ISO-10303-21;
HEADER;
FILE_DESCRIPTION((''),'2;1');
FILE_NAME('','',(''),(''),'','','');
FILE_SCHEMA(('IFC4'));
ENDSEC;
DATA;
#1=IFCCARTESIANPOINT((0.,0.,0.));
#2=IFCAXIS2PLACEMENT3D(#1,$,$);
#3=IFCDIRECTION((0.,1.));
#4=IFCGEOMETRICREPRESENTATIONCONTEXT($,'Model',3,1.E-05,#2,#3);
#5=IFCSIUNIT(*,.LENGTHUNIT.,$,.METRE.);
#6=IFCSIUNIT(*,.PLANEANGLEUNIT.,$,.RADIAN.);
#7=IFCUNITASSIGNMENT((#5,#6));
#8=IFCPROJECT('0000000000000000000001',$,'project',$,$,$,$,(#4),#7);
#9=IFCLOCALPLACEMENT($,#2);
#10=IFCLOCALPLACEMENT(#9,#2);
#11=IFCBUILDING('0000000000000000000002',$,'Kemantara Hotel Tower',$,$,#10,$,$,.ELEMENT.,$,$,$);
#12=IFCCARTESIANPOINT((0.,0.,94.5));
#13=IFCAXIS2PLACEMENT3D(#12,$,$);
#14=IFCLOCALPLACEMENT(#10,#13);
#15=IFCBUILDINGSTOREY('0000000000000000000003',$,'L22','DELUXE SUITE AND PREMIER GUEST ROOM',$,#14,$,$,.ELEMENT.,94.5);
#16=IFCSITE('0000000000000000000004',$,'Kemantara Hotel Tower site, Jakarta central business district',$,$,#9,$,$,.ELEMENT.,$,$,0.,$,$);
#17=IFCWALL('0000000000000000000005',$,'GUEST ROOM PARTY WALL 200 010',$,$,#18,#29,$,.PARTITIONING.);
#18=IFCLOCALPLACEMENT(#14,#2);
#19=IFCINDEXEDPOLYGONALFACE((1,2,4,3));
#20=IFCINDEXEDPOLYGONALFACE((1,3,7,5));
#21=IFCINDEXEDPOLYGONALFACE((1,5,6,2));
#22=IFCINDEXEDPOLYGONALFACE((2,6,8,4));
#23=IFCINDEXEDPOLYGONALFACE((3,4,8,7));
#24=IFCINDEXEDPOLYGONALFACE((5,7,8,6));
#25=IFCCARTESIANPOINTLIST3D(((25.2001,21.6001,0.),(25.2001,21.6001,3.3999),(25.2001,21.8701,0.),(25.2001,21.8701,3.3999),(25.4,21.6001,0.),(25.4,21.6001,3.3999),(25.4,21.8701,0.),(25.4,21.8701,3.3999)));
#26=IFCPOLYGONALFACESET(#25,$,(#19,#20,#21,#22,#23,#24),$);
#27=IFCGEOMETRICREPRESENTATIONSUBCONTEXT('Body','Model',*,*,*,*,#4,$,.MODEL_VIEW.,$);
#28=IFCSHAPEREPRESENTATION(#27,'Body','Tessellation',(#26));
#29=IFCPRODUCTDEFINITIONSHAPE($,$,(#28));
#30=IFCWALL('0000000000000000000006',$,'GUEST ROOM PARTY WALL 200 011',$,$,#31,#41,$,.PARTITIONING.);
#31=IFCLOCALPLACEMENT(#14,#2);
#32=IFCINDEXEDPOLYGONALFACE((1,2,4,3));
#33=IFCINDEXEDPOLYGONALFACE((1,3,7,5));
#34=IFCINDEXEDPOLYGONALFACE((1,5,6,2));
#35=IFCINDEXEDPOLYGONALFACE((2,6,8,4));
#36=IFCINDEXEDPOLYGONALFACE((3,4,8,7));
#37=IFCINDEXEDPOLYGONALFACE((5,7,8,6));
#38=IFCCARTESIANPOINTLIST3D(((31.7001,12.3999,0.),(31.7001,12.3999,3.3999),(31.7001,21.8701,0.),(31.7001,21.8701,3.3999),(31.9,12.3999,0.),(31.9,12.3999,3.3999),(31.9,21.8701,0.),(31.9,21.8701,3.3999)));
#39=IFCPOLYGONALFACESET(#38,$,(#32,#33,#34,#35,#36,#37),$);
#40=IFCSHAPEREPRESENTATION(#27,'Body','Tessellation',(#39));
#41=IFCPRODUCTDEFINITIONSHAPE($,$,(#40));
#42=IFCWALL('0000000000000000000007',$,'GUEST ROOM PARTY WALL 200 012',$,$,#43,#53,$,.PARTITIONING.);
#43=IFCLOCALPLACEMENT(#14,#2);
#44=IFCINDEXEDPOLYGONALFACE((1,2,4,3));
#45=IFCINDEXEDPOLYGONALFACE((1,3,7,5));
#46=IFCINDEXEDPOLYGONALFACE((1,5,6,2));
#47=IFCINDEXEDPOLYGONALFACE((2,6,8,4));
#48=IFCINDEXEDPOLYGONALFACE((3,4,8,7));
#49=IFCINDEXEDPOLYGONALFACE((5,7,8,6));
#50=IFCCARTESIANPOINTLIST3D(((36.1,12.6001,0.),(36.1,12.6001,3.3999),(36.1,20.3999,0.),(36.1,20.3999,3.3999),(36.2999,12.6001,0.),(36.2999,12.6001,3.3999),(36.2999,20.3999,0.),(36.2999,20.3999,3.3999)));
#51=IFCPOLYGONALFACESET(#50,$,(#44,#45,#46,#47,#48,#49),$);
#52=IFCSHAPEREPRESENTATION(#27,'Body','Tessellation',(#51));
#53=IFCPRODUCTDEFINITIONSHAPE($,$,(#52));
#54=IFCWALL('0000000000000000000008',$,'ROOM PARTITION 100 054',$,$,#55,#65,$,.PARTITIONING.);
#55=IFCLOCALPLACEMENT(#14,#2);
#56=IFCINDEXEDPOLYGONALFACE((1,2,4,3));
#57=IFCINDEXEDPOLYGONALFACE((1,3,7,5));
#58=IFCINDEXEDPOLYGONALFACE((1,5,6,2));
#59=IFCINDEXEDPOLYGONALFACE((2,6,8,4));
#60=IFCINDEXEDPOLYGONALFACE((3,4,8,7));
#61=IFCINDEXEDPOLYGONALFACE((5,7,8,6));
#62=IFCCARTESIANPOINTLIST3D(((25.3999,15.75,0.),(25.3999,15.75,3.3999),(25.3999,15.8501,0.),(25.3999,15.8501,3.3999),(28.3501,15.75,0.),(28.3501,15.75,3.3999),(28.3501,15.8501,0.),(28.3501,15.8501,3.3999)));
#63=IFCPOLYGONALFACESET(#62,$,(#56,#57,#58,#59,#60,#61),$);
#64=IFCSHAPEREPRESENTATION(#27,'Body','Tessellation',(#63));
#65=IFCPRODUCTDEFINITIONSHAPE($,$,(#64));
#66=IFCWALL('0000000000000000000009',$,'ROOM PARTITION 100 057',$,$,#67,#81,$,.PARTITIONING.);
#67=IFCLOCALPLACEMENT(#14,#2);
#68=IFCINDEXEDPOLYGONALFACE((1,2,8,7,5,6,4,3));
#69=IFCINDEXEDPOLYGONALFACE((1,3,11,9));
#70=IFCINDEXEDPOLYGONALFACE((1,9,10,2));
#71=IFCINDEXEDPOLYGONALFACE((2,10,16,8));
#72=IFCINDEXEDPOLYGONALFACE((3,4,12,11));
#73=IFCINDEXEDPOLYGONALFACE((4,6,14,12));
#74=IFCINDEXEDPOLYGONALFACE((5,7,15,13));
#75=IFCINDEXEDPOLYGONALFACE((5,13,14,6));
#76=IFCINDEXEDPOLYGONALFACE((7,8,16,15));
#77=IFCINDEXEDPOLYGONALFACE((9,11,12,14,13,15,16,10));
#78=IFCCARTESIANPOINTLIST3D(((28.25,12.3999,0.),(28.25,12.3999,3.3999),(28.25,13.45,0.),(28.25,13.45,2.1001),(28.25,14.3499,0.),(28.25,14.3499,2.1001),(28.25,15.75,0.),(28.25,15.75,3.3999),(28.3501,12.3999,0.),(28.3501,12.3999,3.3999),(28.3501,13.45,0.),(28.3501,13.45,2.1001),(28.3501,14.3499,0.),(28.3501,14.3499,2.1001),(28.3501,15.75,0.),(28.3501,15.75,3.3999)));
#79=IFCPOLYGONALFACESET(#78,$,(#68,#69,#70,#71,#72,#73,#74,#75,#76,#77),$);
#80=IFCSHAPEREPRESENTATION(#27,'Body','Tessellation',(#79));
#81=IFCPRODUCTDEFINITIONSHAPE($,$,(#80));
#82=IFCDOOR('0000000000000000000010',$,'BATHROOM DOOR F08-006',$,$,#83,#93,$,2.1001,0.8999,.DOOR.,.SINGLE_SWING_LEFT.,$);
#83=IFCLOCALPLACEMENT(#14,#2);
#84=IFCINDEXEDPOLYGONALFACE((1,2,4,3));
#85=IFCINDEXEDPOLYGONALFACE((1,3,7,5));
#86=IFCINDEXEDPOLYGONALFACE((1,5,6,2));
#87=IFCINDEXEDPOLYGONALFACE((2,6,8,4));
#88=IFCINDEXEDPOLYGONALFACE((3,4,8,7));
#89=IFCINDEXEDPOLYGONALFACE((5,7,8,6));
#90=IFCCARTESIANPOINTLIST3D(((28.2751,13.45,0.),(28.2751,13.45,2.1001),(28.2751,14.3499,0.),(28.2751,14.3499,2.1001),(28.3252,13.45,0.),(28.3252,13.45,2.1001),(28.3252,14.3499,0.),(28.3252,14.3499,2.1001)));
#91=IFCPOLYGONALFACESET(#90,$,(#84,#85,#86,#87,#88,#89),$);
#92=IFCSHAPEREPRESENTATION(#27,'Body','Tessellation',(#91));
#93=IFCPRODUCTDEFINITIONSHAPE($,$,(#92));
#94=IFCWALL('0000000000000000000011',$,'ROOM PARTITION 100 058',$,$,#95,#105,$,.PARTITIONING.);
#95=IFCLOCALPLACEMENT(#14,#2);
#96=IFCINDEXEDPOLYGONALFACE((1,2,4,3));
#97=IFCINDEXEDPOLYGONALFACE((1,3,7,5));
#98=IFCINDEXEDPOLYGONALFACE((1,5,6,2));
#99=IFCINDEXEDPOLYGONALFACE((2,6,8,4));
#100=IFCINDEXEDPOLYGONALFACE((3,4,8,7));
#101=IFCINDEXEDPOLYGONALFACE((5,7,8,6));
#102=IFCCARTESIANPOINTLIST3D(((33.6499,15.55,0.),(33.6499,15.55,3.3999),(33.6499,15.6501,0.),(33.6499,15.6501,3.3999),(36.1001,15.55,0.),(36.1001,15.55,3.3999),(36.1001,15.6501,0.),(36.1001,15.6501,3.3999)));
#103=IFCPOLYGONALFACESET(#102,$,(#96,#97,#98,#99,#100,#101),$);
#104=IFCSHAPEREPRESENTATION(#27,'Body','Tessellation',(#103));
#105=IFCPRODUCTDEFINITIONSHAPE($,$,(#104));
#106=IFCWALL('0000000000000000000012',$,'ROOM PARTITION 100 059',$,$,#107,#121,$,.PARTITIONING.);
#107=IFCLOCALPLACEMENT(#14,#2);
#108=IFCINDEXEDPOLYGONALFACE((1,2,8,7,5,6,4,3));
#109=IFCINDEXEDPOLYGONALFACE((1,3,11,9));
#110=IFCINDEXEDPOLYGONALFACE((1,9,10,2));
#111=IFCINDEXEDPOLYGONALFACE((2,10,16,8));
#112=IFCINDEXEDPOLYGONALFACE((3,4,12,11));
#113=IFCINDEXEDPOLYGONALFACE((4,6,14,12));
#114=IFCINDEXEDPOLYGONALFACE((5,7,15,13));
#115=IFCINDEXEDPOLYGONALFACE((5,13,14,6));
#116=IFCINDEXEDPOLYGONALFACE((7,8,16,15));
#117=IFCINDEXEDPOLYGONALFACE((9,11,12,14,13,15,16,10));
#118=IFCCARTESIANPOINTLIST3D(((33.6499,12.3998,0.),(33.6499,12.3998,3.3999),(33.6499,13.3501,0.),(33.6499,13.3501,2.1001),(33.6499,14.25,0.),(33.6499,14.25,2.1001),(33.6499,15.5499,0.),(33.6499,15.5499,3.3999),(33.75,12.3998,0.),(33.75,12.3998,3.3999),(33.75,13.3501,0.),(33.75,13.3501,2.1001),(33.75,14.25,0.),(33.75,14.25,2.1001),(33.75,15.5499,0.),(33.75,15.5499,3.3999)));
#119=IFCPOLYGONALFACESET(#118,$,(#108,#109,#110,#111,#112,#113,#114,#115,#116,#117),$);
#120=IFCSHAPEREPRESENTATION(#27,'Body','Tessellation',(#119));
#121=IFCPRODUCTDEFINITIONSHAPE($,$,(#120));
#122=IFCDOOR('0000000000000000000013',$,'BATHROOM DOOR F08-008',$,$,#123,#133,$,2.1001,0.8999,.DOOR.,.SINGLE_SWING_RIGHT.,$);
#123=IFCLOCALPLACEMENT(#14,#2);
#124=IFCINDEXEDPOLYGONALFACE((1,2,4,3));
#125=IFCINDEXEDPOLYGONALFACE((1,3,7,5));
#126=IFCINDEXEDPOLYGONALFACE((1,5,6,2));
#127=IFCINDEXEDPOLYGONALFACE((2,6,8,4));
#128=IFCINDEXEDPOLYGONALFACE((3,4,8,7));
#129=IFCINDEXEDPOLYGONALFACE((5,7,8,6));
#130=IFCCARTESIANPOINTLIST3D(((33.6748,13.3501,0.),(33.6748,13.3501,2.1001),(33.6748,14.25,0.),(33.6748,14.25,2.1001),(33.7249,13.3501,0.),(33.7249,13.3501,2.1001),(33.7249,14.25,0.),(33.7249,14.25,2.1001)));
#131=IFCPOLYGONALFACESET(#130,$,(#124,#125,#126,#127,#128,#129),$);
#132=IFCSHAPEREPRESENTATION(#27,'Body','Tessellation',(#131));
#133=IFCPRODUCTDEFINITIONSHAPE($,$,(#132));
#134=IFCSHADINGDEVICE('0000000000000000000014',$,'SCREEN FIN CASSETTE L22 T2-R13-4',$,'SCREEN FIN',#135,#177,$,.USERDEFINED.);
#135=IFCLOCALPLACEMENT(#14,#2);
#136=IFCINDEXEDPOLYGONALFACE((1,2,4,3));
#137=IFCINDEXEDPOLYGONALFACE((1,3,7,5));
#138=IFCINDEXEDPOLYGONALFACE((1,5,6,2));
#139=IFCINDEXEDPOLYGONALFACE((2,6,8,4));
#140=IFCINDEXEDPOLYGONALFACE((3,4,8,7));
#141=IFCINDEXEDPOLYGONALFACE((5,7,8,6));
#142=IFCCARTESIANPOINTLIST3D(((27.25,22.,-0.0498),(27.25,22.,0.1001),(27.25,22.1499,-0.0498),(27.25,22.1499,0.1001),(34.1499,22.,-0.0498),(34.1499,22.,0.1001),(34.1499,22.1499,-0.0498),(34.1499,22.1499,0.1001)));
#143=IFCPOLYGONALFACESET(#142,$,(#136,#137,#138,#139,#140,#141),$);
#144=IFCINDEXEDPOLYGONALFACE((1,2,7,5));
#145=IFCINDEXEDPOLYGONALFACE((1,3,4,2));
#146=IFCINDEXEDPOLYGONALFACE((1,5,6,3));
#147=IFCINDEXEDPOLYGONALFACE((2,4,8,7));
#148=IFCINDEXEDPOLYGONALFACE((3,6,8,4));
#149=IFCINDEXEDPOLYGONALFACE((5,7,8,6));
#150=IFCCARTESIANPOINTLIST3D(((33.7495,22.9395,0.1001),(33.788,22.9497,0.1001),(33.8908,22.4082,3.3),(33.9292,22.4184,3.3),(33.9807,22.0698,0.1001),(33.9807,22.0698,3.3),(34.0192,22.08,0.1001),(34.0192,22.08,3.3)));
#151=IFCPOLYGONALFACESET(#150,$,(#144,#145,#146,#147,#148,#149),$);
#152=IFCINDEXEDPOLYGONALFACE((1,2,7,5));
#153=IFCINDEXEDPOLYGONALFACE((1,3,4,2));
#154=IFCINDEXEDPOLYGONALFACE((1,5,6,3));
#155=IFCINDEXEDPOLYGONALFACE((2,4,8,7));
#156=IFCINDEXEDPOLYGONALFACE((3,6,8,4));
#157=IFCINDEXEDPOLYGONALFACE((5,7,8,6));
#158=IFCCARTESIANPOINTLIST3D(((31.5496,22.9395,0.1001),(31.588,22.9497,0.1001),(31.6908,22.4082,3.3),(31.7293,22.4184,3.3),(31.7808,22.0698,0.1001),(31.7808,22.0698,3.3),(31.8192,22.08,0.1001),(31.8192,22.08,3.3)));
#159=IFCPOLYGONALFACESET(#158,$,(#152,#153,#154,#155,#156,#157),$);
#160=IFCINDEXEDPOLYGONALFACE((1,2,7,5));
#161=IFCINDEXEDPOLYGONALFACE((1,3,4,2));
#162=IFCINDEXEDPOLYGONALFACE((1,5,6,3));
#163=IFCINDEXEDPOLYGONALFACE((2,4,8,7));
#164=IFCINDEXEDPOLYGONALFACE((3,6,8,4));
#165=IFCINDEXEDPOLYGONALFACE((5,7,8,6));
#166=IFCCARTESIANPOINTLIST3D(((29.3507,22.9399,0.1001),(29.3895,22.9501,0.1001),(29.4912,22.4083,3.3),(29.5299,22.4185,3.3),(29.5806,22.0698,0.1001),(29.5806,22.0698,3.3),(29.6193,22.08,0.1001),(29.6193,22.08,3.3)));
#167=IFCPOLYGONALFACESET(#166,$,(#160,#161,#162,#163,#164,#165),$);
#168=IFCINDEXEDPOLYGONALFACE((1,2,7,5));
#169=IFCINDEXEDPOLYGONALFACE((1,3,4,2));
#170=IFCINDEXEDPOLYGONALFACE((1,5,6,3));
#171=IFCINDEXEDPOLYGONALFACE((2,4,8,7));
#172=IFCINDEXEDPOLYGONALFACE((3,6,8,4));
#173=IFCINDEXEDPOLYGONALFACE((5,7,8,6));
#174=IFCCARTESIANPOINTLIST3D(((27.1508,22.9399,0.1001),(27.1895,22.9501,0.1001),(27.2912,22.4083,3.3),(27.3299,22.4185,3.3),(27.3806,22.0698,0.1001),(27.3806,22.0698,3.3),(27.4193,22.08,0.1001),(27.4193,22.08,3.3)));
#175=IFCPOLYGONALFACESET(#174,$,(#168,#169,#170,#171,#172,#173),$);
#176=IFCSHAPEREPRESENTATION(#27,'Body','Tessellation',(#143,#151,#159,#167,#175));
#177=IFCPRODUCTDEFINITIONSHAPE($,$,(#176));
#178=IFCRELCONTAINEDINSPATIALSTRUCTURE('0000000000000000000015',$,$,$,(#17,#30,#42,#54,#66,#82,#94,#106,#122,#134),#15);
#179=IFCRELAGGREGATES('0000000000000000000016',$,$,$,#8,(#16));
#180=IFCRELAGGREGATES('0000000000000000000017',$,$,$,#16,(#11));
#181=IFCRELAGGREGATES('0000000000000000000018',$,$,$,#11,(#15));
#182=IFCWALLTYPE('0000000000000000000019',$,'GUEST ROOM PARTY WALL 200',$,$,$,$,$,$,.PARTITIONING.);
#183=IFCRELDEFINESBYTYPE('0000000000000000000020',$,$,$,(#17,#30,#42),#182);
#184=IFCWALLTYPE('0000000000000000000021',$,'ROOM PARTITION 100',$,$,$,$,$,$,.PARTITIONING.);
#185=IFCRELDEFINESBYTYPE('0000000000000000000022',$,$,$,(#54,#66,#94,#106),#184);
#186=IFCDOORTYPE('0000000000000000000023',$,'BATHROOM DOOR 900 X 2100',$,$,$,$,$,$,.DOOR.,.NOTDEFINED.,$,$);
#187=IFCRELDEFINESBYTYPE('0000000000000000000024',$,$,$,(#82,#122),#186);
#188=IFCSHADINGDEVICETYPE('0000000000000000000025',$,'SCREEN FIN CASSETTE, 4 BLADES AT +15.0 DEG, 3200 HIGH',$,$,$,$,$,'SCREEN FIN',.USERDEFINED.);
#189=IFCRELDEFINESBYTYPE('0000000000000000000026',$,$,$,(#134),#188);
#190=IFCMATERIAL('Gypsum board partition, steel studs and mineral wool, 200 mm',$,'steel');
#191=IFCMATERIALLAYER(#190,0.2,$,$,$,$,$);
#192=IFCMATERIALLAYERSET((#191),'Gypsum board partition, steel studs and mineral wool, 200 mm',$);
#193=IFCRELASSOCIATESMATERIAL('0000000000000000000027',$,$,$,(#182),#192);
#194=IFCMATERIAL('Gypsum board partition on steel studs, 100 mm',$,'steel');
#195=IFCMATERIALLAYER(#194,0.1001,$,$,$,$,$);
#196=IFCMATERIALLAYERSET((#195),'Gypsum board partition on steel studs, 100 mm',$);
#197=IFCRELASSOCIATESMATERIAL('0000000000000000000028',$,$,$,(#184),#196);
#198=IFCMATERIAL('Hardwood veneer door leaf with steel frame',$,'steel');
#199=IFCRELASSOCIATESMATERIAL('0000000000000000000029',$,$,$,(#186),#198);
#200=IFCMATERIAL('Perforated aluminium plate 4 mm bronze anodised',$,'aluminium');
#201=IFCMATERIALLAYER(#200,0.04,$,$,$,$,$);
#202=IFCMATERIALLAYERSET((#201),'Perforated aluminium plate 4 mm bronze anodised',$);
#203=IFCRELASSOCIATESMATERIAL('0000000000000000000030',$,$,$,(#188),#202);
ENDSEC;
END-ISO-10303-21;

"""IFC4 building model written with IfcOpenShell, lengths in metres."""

from ifc_helpers import new_model, si_unit, direction, frame, frame_2d, origin, origin_2d, place, context, subcontext, project, spatial, polyline, rectangle, outline, extrude, source, transform, mapped, material, layer, layer_set, type_object, element, fill, save


model = new_model("IFC4")

# Units and contexts
model_context = context("Model", 3, precision=1e-05, world=origin(), true_north=direction((0.0, 1.0)))
body_context = subcontext(model_context, "Body", "Model", "MODEL_VIEW")
ifc_project = project(units=[si_unit("LENGTHUNIT", "METRE"), si_unit("PLANEANGLEUNIT", "RADIAN")], contexts=[model_context])

# Site, building, storey
site_placement = place(None, origin())
site = spatial("IfcSite", under=ifc_project, at=site_placement, Name="Kemantara Hotel Tower site, Jakarta central business district", CompositionType="ELEMENT", RefElevation=0.0)
building_placement = place(site_placement, origin())
building = spatial("IfcBuilding", under=site, at=building_placement, Name="Kemantara Hotel Tower", CompositionType="ELEMENT")
storey_placement = place(building_placement, frame((0.0, 0.0, 94.5)))
storey = spatial("IfcBuildingStorey", under=building, at=storey_placement, Name="L22", Description="DELUXE SUITE AND PREMIER GUEST ROOM", CompositionType="ELEMENT", Elevation=94.5)

# Walls
ifc_material_1 = material(Name="Gypsum board partition, steel studs and mineral wool, 200 mm", Category="steel")
ifc_layer_1 = layer(ifc_material_1, 0.2)
ifc_layer_set_1 = layer_set([ifc_layer_1], Name="Gypsum board partition, steel studs and mineral wool, 200 mm")
wall_type_1 = type_object("IfcWallType", Name="GUEST ROOM PARTY WALL 200", PredefinedType="PARTITIONING", material=ifc_layer_set_1)
wall_1_placement = place(storey_placement, frame((25.3, 21.6001, 0.0), z_axis=(0.0, 0.0, 1.0), x_axis=(0.0, 1.0, 0.0)))
element("IfcWall", 1, at=wall_1_placement, inside=storey, type_object=wall_type_1, Name="GUEST ROOM PARTY WALL 200 010", PredefinedType="PARTITIONING", context=body_context, shape_type="SweptSolid", body=[
    extrude(rectangle(XDim=0.27, YDim=0.2, at=frame_2d((0.135, 0.0))), origin(), (0.0, 0.0, 1.0), 3.3999),
])
wall_2_placement = place(storey_placement, frame((31.8, 12.3999, 0.0), z_axis=(0.0, 0.0, 1.0), x_axis=(0.0, 1.0, 0.0)))
element("IfcWall", 2, at=wall_2_placement, inside=storey, type_object=wall_type_1, Name="GUEST ROOM PARTY WALL 200 011", PredefinedType="PARTITIONING", context=body_context, shape_type="SweptSolid", body=[
    extrude(rectangle(XDim=9.4702, YDim=0.2, at=frame_2d((4.7351, 0.0))), origin(), (0.0, 0.0, 1.0), 3.3999),
])
wall_3_placement = place(storey_placement, frame((36.2, 12.6001, 0.0), z_axis=(0.0, 0.0, 1.0), x_axis=(0.0, 1.0, 0.0)))
element("IfcWall", 3, at=wall_3_placement, inside=storey, type_object=wall_type_1, Name="GUEST ROOM PARTY WALL 200 012", PredefinedType="PARTITIONING", context=body_context, shape_type="SweptSolid", body=[
    extrude(rectangle(XDim=7.7998, YDim=0.2, at=frame_2d((3.8999, 0.0))), origin(), (0.0, 0.0, 1.0), 3.3999),
])
ifc_material_2 = material(Name="Gypsum board partition on steel studs, 100 mm", Category="steel")
ifc_layer_2 = layer(ifc_material_2, 0.1001)
ifc_layer_set_2 = layer_set([ifc_layer_2], Name="Gypsum board partition on steel studs, 100 mm")
wall_type_2 = type_object("IfcWallType", Name="ROOM PARTITION 100", PredefinedType="PARTITIONING", material=ifc_layer_set_2)
wall_4_placement = place(storey_placement, frame((25.3999, 15.8, 0.0), z_axis=(0.0, 0.0, 1.0), x_axis=(1.0, 0.0, 0.0)))
element("IfcWall", 4, at=wall_4_placement, inside=storey, type_object=wall_type_2, Name="ROOM PARTITION 100 054", PredefinedType="PARTITIONING", context=body_context, shape_type="SweptSolid", body=[
    extrude(rectangle(XDim=2.9502, YDim=0.1001, at=frame_2d((1.4751, 0.0))), origin(), (0.0, 0.0, 1.0), 3.3999),
])

# Wall, opening, door
wall_5_placement = place(storey_placement, frame((28.3, 12.3999, 0.0), z_axis=(0.0, 0.0, 1.0), x_axis=(0.0, 1.0, 0.0)))
wall_5 = element("IfcWall", 5, at=wall_5_placement, inside=storey, type_object=wall_type_2, Name="ROOM PARTITION 100 057", PredefinedType="PARTITIONING", context=body_context, shape_type="SweptSolid", body=[
    extrude(rectangle(XDim=3.3501, YDim=0.1001, at=frame_2d((1.675, 0.0))), origin(), (0.0, 0.0, 1.0), 3.3999),
])
opening_1_placement = place(wall_5_placement, frame((1.05, 0.0, 0.0)))
opening_1 = element("IfcOpeningElement", 6, at=opening_1_placement, cuts=wall_5, PredefinedType="OPENING", context=body_context, shape_type="SweptSolid", body=[
    extrude(rectangle(XDim=0.8999, YDim=2.1001, at=frame_2d((0.45, 1.05))), frame((0.0, 0.0601, 0.0), z_axis=(0.0, -1.0, 0.0), x_axis=(1.0, 0.0, 0.0)), (0.0, 0.0, 1.0), 0.1201),
])
ifc_material_3 = material(Name="Hardwood veneer door leaf with steel frame", Category="steel")
door_type = type_object("IfcDoorType", Name="BATHROOM DOOR 900 X 2100", OperationType="NOTDEFINED", PredefinedType="DOOR", material=ifc_material_3)
door_1_placement = place(opening_1_placement, origin())
door_1 = element("IfcDoor", 7, at=door_1_placement, inside=storey, type_object=door_type, Name="BATHROOM DOOR F08-006", OperationType="SINGLE_SWING_LEFT", OverallHeight=2.1001, OverallWidth=0.8999, PredefinedType="DOOR", context=body_context, shape_type="SweptSolid", body=[
    extrude(rectangle(XDim=0.8999, YDim=2.1001, at=frame_2d((0.45, 1.05))), frame((0.0, 0.0249, 0.0), z_axis=(0.0, -1.0, 0.0), x_axis=(1.0, 0.0, 0.0)), (0.0, 0.0, 1.0), 0.05),
])
fill(opening_1, door_1)

# Wall
wall_6_placement = place(storey_placement, frame((33.6499, 15.6001, 0.0), z_axis=(0.0, 0.0, 1.0), x_axis=(1.0, 0.0, 0.0)))
element("IfcWall", 8, at=wall_6_placement, inside=storey, type_object=wall_type_2, Name="ROOM PARTITION 100 058", PredefinedType="PARTITIONING", context=body_context, shape_type="SweptSolid", body=[
    extrude(rectangle(XDim=2.4502, YDim=0.1001, at=frame_2d((1.2251, 0.0))), origin(), (0.0, 0.0, 1.0), 3.3999),
])

# Wall, opening, door
wall_7_placement = place(storey_placement, frame((33.7, 15.55, 0.0), z_axis=(0.0, 0.0, 1.0), x_axis=(0.0, -1.0, 0.0)))
wall_7 = element("IfcWall", 9, at=wall_7_placement, inside=storey, type_object=wall_type_2, Name="ROOM PARTITION 100 059", PredefinedType="PARTITIONING", context=body_context, shape_type="SweptSolid", body=[
    extrude(rectangle(XDim=3.1501, YDim=0.1001, at=frame_2d((1.5752, 0.0))), origin(), (0.0, 0.0, 1.0), 3.3999),
])
opening_2_placement = place(wall_7_placement, frame((1.3, 0.0, 0.0)))
opening_2 = element("IfcOpeningElement", 10, at=opening_2_placement, cuts=wall_7, PredefinedType="OPENING", context=body_context, shape_type="SweptSolid", body=[
    extrude(rectangle(XDim=0.8999, YDim=2.1001, at=frame_2d((0.45, 1.05))), frame((0.0, 0.0601, 0.0), z_axis=(0.0, -1.0, 0.0), x_axis=(1.0, 0.0, 0.0)), (0.0, 0.0, 1.0), 0.1201),
])
door_2_placement = place(opening_2_placement, origin())
door_2 = element("IfcDoor", 11, at=door_2_placement, inside=storey, type_object=door_type, Name="BATHROOM DOOR F08-008", OperationType="SINGLE_SWING_RIGHT", OverallHeight=2.1001, OverallWidth=0.8999, PredefinedType="DOOR", context=body_context, shape_type="SweptSolid", body=[
    extrude(rectangle(XDim=0.8999, YDim=2.1001, at=frame_2d((0.45, 1.05))), frame((0.0, 0.0249, 0.0), z_axis=(0.0, -1.0, 0.0), x_axis=(1.0, 0.0, 0.0)), (0.0, 0.0, 1.0), 0.05),
])
fill(opening_2, door_2)

# Shading device
ifc_material_4 = material(Name="Perforated aluminium plate 4 mm bronze anodised", Category="aluminium")
ifc_layer_3 = layer(ifc_material_4, 0.04)
ifc_layer_set_3 = layer_set([ifc_layer_3], Name="Perforated aluminium plate 4 mm bronze anodised")
shading_device_type_1 = type_object("IfcShadingDeviceType", Name="SCREEN FIN CASSETTE, 4 BLADES AT +15.0 DEG, 3200 HIGH", ElementType="SCREEN FIN", PredefinedType="USERDEFINED", material=ifc_layer_set_3)
shared_shape_1 = source(origin(), body_context, "Body", "SweptSolid", [
    extrude(rectangle(XDim=6.8999, YDim=0.1499, at=origin_2d()), frame((3.3, -0.075, -0.1499), z_axis=(0.0, 0.0, 1.0), x_axis=(1.0, 0.0, 0.0)), (0.0, 0.0, 1.0), 0.1499),
    extrude(outline(polyline([(0.0, 0.0), (0.8999, 0.0), (0.3501, 3.2), (0.0, 3.2), (0.0, 0.0)])), frame((0.0193, -0.0698, 0.0), z_axis=(-0.966438, -0.256901, 0.0), x_axis=(0.256901, -0.966438, 0.0)), (0.0, 0.0, 1.0), 0.0398),
    extrude(outline(polyline([(0.0, 0.0), (0.8999, 0.0), (0.3501, 3.2), (0.0, 3.2), (0.0, 0.0)])), frame((2.2192, -0.0698, 0.0), z_axis=(-0.966438, -0.256901, 0.0), x_axis=(0.256901, -0.966438, 0.0)), (0.0, 0.0, 1.0), 0.0398),
    extrude(outline(polyline([(0.0, 0.0), (0.8999, 0.0), (0.3501, 3.2), (0.0, 3.2), (0.0, 0.0)])), frame((4.4194, -0.0698, 0.0), z_axis=(-0.966838, -0.255391, 0.0), x_axis=(0.255391, -0.966838, 0.0)), (0.0, 0.0, 1.0), 0.04),
    extrude(outline(polyline([(0.0, 0.0), (0.8999, 0.0), (0.3501, 3.2), (0.0, 3.2), (0.0, 0.0)])), frame((6.6194, -0.0698, 0.0), z_axis=(-0.966838, -0.255391, 0.0), x_axis=(0.255391, -0.966838, 0.0)), (0.0, 0.0, 1.0), 0.04),
])
shading_device_1_placement = place(storey_placement, frame((34.0, 22.0, 0.1001), z_axis=(0.0, 0.0, 1.0), x_axis=(-1.0, 0.0, 0.0)))
element("IfcShadingDevice", 12, at=shading_device_1_placement, inside=storey, type_object=shading_device_type_1, Name="SCREEN FIN CASSETTE L22 T2-R13-4", ObjectType="SCREEN FIN", PredefinedType="USERDEFINED", context=body_context, shape_type="MappedRepresentation", body=[
    mapped(shared_shape_1, transform((0.0, 0.0, 0.0))),
])

save(model, "model.ifc")
